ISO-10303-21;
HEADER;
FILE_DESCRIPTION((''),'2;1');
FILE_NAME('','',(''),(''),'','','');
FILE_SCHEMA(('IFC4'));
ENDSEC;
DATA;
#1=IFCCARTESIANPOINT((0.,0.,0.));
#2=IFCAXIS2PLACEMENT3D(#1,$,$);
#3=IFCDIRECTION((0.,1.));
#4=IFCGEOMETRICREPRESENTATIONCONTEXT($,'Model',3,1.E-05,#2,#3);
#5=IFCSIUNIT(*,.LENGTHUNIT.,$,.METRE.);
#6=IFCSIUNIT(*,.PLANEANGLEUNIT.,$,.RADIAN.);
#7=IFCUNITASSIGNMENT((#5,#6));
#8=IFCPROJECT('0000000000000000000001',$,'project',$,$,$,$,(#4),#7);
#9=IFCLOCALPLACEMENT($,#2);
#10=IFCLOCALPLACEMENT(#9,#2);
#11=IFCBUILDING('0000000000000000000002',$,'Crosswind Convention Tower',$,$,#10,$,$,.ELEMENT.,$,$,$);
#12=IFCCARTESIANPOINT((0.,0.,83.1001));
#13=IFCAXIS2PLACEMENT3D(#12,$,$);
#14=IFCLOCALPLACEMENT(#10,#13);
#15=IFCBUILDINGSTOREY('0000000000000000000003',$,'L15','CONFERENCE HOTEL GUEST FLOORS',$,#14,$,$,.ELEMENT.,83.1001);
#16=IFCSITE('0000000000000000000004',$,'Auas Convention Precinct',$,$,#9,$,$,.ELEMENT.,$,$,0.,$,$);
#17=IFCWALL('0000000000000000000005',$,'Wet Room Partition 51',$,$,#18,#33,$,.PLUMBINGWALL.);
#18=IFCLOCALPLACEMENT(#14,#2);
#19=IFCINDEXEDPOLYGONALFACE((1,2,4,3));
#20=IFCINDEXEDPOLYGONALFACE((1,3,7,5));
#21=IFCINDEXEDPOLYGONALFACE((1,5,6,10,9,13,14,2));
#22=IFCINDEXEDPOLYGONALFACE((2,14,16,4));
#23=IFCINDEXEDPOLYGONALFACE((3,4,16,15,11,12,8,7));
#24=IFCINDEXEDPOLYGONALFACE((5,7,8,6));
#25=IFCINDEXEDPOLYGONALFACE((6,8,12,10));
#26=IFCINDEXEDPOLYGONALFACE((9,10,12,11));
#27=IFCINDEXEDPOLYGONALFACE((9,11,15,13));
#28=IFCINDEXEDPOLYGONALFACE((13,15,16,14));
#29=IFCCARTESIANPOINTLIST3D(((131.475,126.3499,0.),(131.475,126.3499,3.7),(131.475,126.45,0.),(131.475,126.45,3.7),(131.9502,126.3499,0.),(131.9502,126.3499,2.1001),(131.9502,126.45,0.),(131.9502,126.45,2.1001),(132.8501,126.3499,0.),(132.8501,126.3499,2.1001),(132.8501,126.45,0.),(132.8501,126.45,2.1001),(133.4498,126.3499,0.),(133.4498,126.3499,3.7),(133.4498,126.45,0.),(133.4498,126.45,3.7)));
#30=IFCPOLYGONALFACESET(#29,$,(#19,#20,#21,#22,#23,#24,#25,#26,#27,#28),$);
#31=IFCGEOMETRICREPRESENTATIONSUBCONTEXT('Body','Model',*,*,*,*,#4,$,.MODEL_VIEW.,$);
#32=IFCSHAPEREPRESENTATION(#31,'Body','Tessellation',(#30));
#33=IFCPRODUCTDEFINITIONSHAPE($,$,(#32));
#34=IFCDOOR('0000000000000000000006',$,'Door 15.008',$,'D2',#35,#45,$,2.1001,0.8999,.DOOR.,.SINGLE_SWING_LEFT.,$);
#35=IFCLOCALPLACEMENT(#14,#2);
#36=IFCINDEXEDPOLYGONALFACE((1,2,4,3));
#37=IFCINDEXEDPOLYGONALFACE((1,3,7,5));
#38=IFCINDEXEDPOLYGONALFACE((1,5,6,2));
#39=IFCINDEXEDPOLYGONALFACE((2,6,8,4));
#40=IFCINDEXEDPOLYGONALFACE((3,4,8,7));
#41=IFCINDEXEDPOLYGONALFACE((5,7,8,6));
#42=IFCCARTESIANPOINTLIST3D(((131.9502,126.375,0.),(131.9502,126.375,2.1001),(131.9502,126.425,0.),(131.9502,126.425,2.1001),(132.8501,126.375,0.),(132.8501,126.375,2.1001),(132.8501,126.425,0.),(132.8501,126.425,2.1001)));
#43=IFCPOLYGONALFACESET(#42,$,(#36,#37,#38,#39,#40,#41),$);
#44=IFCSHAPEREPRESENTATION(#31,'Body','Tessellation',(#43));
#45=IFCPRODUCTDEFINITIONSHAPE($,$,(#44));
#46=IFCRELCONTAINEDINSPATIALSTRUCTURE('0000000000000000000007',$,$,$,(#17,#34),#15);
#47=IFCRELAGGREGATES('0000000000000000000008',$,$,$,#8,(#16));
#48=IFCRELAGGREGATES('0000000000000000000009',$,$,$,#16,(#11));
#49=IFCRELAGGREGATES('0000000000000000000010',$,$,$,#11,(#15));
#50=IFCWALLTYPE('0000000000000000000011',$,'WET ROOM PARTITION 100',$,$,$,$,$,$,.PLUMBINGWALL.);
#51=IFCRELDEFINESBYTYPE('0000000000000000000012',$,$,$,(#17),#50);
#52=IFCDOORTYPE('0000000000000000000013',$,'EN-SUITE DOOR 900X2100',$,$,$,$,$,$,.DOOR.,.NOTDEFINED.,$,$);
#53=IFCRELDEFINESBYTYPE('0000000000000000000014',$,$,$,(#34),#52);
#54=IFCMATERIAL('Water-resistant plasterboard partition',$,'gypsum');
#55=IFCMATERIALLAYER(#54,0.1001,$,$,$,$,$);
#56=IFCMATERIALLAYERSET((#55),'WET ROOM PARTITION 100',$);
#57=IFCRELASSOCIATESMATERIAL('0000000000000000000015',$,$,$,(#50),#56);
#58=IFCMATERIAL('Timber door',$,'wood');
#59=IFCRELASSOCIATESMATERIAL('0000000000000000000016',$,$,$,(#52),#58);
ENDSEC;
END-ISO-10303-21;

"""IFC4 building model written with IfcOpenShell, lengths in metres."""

from ifc_helpers import new_model, si_unit, direction, frame, frame_2d, origin, place, context, subcontext, project, spatial, rectangle, extrude, material, layer, layer_set, type_object, element, fill, save


model = new_model("IFC4")

# Units and contexts
model_context = context("Model", 3, precision=1e-05, world=origin(), true_north=direction((0.0, 1.0)))
body_context = subcontext(model_context, "Body", "Model", "MODEL_VIEW")
ifc_project = project(units=[si_unit("LENGTHUNIT", "METRE"), si_unit("PLANEANGLEUNIT", "RADIAN")], contexts=[model_context])

# Site, building, storey
site_placement = place(None, origin())
site = spatial("IfcSite", under=ifc_project, at=site_placement, Name="Auas Convention Precinct", CompositionType="ELEMENT", RefElevation=0.0)
building_placement = place(site_placement, origin())
building = spatial("IfcBuilding", under=site, at=building_placement, Name="Crosswind Convention Tower", CompositionType="ELEMENT")
storey_placement = place(building_placement, frame((0.0, 0.0, 83.1001)))
storey = spatial("IfcBuildingStorey", under=building, at=storey_placement, Name="L15", Description="CONFERENCE HOTEL GUEST FLOORS", CompositionType="ELEMENT", Elevation=83.1001)

# Wall, opening, door
ifc_material_1 = material(Name="Water-resistant plasterboard partition", Category="gypsum")
ifc_layer_1 = layer(ifc_material_1, 0.1001)
ifc_layer_set_1 = layer_set([ifc_layer_1], Name="WET ROOM PARTITION 100")
wall_type_1 = type_object("IfcWallType", Name="WET ROOM PARTITION 100", PredefinedType="PLUMBINGWALL", material=ifc_layer_set_1)
ifc_material_2 = material(Name="Timber door", Category="wood")
door_type_1 = type_object("IfcDoorType", Name="EN-SUITE DOOR 900X2100", OperationType="NOTDEFINED", PredefinedType="DOOR", material=ifc_material_2)
wall_1_placement = place(storey_placement, frame((131.4751, 126.3999, 0.0), z_axis=(0.0, 0.0, 1.0), x_axis=(1.0, 0.0, 0.0)))
wall_1 = element("IfcWall", 1, at=wall_1_placement, inside=storey, type_object=wall_type_1, Name="Wet Room Partition 51", PredefinedType="PLUMBINGWALL", context=body_context, shape_type="SweptSolid", body=[
    extrude(rectangle(XDim=1.9749, YDim=0.1001, at=frame_2d((0.9873, 0.0))), origin(), (0.0, 0.0, 1.0), 3.7),
])
opening_1_placement = place(wall_1_placement, frame((0.4751, 0.0, 0.0)))
opening_1 = element("IfcOpeningElement", 2, at=opening_1_placement, cuts=wall_1, PredefinedType="OPENING", context=body_context, shape_type="SweptSolid", body=[
    extrude(rectangle(XDim=0.8999, YDim=2.1001, at=frame_2d((0.45, 1.05))), frame((0.0, 0.0601, 0.0), z_axis=(0.0, -1.0, 0.0), x_axis=(1.0, 0.0, 0.0)), (0.0, 0.0, 1.0), 0.1201),
])
door_1_placement = place(opening_1_placement, frame((0.8999, 0.0, 0.0), z_axis=(0.0, 0.0, 1.0), x_axis=(-1.0, 0.0, 0.0)))
door_1 = element("IfcDoor", 3, at=door_1_placement, inside=storey, type_object=door_type_1, Name="Door 15.008", ObjectType="D2", OperationType="SINGLE_SWING_LEFT", OverallHeight=2.1001, OverallWidth=0.8999, PredefinedType="DOOR", context=body_context, shape_type="SweptSolid", body=[
    extrude(rectangle(XDim=0.8999, YDim=2.1001, at=frame_2d((0.45, 1.05))), frame((0.0, 0.0249, 0.0), z_axis=(0.0, -1.0, 0.0), x_axis=(1.0, 0.0, 0.0)), (0.0, 0.0, 1.0), 0.05),
])
fill(opening_1, door_1)

save(model, "model.ifc")
